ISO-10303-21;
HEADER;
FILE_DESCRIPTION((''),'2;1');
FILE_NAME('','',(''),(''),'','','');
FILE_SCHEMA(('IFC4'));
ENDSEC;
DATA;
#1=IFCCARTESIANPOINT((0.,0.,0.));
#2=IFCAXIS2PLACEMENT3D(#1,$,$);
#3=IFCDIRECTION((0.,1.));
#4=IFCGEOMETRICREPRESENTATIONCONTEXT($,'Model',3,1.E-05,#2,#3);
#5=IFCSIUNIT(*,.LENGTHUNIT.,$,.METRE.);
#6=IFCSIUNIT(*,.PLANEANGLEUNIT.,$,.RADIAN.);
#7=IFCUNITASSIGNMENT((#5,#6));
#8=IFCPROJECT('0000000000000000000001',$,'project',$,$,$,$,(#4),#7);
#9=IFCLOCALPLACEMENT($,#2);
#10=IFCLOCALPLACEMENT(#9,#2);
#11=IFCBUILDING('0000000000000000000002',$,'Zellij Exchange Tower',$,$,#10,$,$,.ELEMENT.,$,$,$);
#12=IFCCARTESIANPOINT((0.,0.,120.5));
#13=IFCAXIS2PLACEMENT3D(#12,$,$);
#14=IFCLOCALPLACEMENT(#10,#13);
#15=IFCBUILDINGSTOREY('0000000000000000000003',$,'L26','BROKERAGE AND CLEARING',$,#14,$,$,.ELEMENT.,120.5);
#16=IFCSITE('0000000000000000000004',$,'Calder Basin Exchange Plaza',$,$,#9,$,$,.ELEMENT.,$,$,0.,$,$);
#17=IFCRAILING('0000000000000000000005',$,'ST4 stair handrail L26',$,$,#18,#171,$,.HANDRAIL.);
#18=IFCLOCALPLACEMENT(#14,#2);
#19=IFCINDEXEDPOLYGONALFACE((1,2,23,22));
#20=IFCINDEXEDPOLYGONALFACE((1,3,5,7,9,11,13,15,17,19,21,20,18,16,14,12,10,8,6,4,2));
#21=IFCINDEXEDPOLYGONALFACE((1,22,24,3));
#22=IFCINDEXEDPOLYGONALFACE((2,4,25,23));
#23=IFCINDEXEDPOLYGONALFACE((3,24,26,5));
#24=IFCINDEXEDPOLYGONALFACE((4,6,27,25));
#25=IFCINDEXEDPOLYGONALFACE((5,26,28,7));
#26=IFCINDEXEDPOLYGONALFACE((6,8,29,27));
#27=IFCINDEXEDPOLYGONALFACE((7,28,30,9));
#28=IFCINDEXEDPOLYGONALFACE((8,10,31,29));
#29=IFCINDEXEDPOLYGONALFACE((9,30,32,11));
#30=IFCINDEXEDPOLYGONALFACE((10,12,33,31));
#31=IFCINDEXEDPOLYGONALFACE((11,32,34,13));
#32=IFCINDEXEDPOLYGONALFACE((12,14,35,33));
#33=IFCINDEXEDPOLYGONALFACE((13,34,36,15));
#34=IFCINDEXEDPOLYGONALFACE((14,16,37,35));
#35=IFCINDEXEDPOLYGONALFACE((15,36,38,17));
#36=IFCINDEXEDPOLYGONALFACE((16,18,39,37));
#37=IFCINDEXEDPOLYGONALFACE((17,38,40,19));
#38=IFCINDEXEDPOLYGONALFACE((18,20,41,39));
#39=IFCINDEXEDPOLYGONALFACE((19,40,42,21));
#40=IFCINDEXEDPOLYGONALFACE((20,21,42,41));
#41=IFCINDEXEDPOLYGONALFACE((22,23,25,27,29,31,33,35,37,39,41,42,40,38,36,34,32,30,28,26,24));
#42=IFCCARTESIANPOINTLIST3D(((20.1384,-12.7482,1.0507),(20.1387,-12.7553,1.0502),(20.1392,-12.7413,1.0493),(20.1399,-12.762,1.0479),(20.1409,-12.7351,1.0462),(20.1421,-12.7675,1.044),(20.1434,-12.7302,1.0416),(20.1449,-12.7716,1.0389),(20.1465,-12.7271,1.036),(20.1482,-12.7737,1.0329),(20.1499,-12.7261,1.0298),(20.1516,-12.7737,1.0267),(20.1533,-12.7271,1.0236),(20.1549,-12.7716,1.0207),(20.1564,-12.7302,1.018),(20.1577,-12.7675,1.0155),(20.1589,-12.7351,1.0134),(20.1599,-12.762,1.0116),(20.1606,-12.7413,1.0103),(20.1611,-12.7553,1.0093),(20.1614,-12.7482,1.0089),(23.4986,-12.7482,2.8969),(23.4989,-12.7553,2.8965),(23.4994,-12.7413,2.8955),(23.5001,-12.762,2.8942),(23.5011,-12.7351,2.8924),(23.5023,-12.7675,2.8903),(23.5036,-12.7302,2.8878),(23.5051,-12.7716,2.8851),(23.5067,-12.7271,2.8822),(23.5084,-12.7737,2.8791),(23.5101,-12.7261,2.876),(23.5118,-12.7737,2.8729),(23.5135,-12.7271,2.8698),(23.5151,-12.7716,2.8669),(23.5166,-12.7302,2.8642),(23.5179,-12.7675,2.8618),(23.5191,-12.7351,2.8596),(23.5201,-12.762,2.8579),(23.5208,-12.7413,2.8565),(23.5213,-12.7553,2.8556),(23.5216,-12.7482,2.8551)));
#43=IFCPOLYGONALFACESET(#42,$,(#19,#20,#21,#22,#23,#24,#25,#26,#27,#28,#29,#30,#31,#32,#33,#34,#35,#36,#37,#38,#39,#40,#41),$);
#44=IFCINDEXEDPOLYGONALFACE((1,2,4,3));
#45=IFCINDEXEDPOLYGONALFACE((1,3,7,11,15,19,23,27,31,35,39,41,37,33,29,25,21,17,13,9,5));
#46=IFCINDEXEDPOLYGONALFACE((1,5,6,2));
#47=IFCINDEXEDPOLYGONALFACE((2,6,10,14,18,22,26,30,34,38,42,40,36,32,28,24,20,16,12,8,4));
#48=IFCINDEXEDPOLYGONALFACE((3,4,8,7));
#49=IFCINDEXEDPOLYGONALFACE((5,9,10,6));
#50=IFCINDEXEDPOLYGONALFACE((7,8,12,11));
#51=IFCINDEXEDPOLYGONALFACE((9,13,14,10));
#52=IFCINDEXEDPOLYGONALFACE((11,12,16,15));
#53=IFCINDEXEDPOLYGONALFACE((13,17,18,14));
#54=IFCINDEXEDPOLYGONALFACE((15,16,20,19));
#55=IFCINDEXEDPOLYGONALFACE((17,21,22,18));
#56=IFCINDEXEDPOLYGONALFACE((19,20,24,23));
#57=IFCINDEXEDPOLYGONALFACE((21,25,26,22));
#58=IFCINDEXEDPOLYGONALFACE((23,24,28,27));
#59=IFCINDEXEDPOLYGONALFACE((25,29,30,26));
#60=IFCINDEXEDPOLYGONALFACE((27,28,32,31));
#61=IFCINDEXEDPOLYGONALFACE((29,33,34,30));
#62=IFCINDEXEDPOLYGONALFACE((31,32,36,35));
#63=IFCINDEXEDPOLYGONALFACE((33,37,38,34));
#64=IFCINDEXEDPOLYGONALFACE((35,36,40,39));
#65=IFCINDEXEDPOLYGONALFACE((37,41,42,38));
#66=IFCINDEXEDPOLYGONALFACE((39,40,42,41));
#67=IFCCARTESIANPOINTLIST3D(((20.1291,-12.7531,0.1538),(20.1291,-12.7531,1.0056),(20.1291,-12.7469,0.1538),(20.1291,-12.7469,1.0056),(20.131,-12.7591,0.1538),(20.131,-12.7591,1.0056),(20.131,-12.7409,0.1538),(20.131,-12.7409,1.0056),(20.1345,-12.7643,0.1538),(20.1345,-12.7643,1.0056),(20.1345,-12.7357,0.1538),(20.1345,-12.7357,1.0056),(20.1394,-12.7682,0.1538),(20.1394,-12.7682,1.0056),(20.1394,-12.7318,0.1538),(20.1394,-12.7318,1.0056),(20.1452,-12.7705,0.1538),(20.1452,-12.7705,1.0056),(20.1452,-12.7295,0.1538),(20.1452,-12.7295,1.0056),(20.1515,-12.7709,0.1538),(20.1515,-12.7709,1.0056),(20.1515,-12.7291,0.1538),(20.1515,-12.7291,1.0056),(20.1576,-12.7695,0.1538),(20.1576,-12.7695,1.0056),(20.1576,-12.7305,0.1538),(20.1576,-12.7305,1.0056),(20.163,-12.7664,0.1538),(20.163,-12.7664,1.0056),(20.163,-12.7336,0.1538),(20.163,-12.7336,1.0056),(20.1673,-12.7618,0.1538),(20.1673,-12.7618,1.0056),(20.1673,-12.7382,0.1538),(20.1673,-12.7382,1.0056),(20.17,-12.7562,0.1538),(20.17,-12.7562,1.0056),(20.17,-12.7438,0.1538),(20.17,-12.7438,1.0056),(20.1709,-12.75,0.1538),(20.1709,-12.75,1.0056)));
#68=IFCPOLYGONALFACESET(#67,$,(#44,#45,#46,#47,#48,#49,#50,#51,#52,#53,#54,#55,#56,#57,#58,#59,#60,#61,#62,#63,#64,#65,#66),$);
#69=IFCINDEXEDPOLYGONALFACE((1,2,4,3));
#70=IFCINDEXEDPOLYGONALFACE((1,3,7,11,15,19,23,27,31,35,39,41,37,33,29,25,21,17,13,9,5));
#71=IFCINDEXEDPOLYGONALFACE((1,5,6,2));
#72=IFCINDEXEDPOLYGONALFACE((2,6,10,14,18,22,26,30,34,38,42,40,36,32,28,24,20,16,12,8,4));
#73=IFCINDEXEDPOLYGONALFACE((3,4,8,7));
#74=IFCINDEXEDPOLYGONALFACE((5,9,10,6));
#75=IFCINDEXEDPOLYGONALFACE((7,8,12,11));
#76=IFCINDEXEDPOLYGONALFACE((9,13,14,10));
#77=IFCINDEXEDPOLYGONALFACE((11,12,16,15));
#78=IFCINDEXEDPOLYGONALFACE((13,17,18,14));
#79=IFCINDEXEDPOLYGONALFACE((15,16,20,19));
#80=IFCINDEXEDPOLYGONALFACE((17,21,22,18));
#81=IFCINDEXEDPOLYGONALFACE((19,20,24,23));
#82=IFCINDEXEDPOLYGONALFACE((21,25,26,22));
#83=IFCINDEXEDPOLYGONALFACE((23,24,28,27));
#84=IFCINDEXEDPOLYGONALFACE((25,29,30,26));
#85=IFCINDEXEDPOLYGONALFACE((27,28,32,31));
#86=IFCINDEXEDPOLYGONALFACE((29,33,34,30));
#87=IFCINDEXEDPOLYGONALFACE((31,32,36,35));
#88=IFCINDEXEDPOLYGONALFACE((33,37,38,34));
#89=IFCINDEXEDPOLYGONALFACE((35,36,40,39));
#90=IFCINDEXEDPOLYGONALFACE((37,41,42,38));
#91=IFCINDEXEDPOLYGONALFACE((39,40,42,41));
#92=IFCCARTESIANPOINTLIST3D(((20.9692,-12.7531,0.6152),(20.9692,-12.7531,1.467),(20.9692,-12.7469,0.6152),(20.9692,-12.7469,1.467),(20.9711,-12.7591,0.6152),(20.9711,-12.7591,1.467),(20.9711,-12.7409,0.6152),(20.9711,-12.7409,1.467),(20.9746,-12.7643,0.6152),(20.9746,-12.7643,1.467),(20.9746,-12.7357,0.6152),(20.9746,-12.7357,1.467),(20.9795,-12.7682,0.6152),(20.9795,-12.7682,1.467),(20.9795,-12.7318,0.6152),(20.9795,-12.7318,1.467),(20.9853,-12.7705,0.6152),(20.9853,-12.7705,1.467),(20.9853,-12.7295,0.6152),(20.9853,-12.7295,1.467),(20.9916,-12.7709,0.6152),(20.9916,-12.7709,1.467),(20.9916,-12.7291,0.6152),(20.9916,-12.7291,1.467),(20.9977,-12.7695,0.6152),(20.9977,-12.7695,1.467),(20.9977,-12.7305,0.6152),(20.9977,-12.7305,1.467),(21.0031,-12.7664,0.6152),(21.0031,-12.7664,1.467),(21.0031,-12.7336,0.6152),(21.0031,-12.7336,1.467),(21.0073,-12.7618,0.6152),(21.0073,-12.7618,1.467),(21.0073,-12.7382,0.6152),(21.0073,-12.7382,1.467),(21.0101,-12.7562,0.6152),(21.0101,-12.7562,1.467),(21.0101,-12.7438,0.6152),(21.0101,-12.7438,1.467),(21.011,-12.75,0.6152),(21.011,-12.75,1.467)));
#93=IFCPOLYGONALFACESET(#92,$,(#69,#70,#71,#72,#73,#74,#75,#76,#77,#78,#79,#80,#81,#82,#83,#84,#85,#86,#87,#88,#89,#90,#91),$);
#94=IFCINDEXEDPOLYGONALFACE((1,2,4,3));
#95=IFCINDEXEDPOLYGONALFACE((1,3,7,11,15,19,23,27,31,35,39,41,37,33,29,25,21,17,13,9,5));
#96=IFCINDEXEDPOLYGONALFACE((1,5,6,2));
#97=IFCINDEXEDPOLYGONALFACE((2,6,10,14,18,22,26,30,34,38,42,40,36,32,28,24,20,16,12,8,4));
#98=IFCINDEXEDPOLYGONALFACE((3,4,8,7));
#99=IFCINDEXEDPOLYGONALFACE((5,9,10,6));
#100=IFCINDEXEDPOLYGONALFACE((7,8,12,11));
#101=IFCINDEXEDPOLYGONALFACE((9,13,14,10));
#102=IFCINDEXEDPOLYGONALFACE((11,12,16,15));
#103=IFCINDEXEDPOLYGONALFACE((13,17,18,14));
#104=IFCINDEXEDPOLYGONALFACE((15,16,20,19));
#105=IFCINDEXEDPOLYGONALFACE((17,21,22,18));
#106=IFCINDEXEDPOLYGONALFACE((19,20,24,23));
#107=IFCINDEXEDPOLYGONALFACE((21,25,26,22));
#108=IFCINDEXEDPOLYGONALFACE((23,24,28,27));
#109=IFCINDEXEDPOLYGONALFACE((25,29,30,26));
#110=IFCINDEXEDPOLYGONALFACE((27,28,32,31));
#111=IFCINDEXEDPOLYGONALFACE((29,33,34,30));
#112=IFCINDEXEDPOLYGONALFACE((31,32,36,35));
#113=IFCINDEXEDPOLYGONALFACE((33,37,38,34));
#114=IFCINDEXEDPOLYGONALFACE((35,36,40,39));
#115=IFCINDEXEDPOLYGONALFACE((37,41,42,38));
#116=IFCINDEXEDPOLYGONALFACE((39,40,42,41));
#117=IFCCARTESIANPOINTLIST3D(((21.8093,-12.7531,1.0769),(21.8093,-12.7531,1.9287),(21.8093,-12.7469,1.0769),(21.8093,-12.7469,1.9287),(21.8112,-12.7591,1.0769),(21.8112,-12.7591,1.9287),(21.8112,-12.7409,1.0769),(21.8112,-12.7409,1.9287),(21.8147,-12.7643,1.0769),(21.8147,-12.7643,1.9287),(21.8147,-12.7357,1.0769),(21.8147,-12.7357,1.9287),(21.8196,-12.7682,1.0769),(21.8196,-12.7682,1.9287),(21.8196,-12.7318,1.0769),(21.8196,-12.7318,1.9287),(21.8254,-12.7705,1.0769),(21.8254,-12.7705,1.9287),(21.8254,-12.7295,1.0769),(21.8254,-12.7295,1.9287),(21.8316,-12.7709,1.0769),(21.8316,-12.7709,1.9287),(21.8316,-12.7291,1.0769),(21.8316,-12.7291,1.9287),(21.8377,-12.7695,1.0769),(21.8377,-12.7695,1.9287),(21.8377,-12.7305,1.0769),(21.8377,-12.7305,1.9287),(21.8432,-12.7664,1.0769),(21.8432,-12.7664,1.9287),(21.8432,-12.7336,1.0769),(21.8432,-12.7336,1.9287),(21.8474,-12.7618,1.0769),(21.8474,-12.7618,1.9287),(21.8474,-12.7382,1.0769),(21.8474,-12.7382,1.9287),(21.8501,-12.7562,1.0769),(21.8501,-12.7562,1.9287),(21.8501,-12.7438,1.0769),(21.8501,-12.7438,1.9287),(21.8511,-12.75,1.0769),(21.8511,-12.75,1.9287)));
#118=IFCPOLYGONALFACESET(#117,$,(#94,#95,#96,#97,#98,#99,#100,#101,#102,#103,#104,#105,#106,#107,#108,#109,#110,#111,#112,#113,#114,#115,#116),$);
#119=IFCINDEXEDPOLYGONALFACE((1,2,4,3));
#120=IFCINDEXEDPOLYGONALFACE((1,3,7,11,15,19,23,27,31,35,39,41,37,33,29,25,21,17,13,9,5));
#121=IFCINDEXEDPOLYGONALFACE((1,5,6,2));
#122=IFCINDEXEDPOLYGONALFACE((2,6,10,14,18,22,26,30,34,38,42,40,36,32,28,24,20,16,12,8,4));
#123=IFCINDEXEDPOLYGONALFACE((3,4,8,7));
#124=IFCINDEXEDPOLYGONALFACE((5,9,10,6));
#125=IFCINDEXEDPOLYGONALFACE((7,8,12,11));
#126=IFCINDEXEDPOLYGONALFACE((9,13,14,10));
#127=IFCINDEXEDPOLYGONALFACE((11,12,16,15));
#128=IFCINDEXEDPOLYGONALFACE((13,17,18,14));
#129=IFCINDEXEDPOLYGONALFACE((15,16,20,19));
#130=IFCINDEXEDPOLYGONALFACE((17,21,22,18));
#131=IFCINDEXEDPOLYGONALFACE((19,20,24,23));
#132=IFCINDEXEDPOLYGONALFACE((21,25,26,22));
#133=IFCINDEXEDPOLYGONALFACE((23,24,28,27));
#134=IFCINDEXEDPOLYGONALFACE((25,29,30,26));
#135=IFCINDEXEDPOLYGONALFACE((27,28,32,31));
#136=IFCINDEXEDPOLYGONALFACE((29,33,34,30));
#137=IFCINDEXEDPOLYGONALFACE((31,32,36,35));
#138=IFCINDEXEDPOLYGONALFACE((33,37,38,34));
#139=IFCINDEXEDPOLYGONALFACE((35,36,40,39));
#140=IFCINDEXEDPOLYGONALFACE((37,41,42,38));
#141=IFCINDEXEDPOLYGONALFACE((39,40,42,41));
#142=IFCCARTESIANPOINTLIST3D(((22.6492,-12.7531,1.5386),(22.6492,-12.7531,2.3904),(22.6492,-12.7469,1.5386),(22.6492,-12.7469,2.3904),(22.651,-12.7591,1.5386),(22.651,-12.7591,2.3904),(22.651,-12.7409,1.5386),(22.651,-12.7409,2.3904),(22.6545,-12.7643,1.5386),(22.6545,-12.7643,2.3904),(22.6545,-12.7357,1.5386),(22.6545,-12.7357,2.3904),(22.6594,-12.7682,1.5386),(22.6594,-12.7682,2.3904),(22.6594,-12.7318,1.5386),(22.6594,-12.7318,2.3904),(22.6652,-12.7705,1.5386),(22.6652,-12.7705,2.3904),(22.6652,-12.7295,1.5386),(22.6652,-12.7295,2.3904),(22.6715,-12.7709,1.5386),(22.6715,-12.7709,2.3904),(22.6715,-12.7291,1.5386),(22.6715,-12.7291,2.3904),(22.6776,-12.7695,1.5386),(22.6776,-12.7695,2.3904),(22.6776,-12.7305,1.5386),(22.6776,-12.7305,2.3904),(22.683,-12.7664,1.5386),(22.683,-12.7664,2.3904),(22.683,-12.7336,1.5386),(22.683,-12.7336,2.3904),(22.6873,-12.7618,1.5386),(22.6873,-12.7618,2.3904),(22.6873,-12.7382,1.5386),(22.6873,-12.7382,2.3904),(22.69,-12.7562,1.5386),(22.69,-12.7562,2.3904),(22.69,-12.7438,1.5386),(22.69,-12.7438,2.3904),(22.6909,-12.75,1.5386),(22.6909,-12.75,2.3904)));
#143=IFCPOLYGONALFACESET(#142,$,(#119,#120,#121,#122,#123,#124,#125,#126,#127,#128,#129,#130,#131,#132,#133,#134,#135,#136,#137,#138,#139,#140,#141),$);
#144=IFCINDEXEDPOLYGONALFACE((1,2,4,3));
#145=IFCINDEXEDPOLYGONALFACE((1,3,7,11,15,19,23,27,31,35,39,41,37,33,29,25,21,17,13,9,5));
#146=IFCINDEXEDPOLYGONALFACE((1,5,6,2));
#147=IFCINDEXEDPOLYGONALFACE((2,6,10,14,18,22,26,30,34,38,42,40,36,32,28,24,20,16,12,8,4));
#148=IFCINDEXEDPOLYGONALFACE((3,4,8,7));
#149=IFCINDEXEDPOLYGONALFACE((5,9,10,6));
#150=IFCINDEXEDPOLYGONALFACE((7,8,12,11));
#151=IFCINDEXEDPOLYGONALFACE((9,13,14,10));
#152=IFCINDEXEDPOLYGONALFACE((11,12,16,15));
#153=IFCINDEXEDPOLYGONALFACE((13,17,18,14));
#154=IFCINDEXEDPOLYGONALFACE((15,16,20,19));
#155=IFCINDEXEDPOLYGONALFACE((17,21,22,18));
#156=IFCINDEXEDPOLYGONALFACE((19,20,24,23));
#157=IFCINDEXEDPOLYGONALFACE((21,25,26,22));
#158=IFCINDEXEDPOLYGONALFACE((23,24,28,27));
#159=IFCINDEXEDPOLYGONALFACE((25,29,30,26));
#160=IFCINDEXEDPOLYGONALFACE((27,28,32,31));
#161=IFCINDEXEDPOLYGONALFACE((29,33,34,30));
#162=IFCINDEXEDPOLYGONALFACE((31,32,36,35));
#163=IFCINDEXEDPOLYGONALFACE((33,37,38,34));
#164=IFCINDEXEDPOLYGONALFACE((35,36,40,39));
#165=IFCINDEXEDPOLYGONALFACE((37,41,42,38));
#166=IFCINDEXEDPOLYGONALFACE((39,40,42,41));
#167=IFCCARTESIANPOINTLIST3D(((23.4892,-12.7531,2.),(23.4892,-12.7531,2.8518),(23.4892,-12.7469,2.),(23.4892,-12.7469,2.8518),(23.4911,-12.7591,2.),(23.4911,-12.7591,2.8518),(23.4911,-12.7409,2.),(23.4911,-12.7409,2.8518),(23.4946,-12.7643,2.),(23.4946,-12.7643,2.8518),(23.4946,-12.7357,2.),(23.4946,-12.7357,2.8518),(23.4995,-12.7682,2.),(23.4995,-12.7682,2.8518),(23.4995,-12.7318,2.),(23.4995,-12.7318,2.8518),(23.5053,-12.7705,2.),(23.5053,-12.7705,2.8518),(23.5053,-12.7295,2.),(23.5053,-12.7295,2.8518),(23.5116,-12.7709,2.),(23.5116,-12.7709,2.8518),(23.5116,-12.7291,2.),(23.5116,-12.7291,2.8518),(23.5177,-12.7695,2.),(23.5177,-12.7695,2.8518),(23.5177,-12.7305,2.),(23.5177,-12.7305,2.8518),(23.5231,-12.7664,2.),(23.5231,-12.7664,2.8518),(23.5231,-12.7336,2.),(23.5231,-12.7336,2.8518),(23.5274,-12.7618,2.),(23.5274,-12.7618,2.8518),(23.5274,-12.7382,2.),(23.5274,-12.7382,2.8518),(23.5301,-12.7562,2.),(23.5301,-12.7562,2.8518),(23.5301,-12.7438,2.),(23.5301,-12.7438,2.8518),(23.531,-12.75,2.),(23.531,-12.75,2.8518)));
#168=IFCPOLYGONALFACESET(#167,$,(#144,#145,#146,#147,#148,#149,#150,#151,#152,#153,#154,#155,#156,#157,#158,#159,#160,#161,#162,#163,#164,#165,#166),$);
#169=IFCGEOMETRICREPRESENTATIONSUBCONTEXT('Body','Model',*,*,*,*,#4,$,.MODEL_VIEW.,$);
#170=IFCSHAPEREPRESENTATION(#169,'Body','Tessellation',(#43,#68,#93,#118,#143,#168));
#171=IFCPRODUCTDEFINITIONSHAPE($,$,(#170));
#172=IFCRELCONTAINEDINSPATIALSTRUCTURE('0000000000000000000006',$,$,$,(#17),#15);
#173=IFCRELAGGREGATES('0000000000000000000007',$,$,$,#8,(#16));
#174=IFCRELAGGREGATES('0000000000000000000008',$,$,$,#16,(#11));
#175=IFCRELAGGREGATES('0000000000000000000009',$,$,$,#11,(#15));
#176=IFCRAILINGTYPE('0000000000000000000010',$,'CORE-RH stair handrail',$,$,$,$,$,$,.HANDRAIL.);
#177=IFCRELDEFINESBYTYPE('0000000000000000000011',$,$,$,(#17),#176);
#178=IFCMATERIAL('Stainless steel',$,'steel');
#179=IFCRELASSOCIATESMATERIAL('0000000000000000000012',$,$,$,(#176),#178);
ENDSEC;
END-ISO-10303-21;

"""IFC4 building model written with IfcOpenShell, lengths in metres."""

from ifc_helpers import new_model, si_unit, direction, frame, origin, origin_2d, place, context, subcontext, project, spatial, circle, extrude, material, type_object, element, save


model = new_model("IFC4")

# Units and contexts
model_context = context("Model", 3, precision=1e-05, world=origin(), true_north=direction((0.0, 1.0)))
body_context = subcontext(model_context, "Body", "Model", "MODEL_VIEW")
ifc_project = project(units=[si_unit("LENGTHUNIT", "METRE"), si_unit("PLANEANGLEUNIT", "RADIAN")], contexts=[model_context])

# Site, building, storey
site_placement = place(None, origin())
site = spatial("IfcSite", under=ifc_project, at=site_placement, Name="Calder Basin Exchange Plaza", CompositionType="ELEMENT", RefElevation=0.0)
building_placement = place(site_placement, origin())
building = spatial("IfcBuilding", under=site, at=building_placement, Name="Zellij Exchange Tower", CompositionType="ELEMENT")
storey_placement = place(building_placement, frame((0.0, 0.0, 120.5)))
storey = spatial("IfcBuildingStorey", under=building, at=storey_placement, Name="L26", Description="BROKERAGE AND CLEARING", CompositionType="ELEMENT", Elevation=120.5)

# Railing
ifc_material_1 = material(Name="Stainless steel", Category="steel")
railing_type = type_object("IfcRailingType", Name="CORE-RH stair handrail", PredefinedType="HANDRAIL", material=ifc_material_1)
for number, where, name in (
    (1, (20.1499, -12.75, 0.1538), "ST4 stair handrail L26"),
):
    element("IfcRailing", number, at=place(storey_placement, frame(where)), inside=storey, type_object=railing_type, Name=name, PredefinedType="HANDRAIL", context=body_context, shape_type="SweptSolid", body=[
        extrude(circle(Radius=0.0239, at=origin_2d()), frame((0.0, 0.0, 0.876), z_axis=(0.876422, 0.0, 0.481545), x_axis=(0.0, 1.0, 0.0)), (0.0, 0.0, 1.0), 3.834),
        extrude(circle(Radius=0.021, at=origin_2d()), origin(), (0.0, 0.0, 1.0), 0.8518),
        extrude(circle(Radius=0.021, at=origin_2d()), frame((0.8401, 0.0, 0.4614)), (0.0, 0.0, 1.0), 0.8518),
        extrude(circle(Radius=0.021, at=origin_2d()), frame((1.6802, 0.0, 0.9231)), (0.0, 0.0, 1.0), 0.8518),
        extrude(circle(Radius=0.021, at=origin_2d()), frame((2.52, 0.0, 1.3848)), (0.0, 0.0, 1.0), 0.8518),
        extrude(circle(Radius=0.021, at=origin_2d()), frame((3.3601, 0.0, 1.8462)), (0.0, 0.0, 1.0), 0.8518),
    ])

save(model, "model.ifc")
